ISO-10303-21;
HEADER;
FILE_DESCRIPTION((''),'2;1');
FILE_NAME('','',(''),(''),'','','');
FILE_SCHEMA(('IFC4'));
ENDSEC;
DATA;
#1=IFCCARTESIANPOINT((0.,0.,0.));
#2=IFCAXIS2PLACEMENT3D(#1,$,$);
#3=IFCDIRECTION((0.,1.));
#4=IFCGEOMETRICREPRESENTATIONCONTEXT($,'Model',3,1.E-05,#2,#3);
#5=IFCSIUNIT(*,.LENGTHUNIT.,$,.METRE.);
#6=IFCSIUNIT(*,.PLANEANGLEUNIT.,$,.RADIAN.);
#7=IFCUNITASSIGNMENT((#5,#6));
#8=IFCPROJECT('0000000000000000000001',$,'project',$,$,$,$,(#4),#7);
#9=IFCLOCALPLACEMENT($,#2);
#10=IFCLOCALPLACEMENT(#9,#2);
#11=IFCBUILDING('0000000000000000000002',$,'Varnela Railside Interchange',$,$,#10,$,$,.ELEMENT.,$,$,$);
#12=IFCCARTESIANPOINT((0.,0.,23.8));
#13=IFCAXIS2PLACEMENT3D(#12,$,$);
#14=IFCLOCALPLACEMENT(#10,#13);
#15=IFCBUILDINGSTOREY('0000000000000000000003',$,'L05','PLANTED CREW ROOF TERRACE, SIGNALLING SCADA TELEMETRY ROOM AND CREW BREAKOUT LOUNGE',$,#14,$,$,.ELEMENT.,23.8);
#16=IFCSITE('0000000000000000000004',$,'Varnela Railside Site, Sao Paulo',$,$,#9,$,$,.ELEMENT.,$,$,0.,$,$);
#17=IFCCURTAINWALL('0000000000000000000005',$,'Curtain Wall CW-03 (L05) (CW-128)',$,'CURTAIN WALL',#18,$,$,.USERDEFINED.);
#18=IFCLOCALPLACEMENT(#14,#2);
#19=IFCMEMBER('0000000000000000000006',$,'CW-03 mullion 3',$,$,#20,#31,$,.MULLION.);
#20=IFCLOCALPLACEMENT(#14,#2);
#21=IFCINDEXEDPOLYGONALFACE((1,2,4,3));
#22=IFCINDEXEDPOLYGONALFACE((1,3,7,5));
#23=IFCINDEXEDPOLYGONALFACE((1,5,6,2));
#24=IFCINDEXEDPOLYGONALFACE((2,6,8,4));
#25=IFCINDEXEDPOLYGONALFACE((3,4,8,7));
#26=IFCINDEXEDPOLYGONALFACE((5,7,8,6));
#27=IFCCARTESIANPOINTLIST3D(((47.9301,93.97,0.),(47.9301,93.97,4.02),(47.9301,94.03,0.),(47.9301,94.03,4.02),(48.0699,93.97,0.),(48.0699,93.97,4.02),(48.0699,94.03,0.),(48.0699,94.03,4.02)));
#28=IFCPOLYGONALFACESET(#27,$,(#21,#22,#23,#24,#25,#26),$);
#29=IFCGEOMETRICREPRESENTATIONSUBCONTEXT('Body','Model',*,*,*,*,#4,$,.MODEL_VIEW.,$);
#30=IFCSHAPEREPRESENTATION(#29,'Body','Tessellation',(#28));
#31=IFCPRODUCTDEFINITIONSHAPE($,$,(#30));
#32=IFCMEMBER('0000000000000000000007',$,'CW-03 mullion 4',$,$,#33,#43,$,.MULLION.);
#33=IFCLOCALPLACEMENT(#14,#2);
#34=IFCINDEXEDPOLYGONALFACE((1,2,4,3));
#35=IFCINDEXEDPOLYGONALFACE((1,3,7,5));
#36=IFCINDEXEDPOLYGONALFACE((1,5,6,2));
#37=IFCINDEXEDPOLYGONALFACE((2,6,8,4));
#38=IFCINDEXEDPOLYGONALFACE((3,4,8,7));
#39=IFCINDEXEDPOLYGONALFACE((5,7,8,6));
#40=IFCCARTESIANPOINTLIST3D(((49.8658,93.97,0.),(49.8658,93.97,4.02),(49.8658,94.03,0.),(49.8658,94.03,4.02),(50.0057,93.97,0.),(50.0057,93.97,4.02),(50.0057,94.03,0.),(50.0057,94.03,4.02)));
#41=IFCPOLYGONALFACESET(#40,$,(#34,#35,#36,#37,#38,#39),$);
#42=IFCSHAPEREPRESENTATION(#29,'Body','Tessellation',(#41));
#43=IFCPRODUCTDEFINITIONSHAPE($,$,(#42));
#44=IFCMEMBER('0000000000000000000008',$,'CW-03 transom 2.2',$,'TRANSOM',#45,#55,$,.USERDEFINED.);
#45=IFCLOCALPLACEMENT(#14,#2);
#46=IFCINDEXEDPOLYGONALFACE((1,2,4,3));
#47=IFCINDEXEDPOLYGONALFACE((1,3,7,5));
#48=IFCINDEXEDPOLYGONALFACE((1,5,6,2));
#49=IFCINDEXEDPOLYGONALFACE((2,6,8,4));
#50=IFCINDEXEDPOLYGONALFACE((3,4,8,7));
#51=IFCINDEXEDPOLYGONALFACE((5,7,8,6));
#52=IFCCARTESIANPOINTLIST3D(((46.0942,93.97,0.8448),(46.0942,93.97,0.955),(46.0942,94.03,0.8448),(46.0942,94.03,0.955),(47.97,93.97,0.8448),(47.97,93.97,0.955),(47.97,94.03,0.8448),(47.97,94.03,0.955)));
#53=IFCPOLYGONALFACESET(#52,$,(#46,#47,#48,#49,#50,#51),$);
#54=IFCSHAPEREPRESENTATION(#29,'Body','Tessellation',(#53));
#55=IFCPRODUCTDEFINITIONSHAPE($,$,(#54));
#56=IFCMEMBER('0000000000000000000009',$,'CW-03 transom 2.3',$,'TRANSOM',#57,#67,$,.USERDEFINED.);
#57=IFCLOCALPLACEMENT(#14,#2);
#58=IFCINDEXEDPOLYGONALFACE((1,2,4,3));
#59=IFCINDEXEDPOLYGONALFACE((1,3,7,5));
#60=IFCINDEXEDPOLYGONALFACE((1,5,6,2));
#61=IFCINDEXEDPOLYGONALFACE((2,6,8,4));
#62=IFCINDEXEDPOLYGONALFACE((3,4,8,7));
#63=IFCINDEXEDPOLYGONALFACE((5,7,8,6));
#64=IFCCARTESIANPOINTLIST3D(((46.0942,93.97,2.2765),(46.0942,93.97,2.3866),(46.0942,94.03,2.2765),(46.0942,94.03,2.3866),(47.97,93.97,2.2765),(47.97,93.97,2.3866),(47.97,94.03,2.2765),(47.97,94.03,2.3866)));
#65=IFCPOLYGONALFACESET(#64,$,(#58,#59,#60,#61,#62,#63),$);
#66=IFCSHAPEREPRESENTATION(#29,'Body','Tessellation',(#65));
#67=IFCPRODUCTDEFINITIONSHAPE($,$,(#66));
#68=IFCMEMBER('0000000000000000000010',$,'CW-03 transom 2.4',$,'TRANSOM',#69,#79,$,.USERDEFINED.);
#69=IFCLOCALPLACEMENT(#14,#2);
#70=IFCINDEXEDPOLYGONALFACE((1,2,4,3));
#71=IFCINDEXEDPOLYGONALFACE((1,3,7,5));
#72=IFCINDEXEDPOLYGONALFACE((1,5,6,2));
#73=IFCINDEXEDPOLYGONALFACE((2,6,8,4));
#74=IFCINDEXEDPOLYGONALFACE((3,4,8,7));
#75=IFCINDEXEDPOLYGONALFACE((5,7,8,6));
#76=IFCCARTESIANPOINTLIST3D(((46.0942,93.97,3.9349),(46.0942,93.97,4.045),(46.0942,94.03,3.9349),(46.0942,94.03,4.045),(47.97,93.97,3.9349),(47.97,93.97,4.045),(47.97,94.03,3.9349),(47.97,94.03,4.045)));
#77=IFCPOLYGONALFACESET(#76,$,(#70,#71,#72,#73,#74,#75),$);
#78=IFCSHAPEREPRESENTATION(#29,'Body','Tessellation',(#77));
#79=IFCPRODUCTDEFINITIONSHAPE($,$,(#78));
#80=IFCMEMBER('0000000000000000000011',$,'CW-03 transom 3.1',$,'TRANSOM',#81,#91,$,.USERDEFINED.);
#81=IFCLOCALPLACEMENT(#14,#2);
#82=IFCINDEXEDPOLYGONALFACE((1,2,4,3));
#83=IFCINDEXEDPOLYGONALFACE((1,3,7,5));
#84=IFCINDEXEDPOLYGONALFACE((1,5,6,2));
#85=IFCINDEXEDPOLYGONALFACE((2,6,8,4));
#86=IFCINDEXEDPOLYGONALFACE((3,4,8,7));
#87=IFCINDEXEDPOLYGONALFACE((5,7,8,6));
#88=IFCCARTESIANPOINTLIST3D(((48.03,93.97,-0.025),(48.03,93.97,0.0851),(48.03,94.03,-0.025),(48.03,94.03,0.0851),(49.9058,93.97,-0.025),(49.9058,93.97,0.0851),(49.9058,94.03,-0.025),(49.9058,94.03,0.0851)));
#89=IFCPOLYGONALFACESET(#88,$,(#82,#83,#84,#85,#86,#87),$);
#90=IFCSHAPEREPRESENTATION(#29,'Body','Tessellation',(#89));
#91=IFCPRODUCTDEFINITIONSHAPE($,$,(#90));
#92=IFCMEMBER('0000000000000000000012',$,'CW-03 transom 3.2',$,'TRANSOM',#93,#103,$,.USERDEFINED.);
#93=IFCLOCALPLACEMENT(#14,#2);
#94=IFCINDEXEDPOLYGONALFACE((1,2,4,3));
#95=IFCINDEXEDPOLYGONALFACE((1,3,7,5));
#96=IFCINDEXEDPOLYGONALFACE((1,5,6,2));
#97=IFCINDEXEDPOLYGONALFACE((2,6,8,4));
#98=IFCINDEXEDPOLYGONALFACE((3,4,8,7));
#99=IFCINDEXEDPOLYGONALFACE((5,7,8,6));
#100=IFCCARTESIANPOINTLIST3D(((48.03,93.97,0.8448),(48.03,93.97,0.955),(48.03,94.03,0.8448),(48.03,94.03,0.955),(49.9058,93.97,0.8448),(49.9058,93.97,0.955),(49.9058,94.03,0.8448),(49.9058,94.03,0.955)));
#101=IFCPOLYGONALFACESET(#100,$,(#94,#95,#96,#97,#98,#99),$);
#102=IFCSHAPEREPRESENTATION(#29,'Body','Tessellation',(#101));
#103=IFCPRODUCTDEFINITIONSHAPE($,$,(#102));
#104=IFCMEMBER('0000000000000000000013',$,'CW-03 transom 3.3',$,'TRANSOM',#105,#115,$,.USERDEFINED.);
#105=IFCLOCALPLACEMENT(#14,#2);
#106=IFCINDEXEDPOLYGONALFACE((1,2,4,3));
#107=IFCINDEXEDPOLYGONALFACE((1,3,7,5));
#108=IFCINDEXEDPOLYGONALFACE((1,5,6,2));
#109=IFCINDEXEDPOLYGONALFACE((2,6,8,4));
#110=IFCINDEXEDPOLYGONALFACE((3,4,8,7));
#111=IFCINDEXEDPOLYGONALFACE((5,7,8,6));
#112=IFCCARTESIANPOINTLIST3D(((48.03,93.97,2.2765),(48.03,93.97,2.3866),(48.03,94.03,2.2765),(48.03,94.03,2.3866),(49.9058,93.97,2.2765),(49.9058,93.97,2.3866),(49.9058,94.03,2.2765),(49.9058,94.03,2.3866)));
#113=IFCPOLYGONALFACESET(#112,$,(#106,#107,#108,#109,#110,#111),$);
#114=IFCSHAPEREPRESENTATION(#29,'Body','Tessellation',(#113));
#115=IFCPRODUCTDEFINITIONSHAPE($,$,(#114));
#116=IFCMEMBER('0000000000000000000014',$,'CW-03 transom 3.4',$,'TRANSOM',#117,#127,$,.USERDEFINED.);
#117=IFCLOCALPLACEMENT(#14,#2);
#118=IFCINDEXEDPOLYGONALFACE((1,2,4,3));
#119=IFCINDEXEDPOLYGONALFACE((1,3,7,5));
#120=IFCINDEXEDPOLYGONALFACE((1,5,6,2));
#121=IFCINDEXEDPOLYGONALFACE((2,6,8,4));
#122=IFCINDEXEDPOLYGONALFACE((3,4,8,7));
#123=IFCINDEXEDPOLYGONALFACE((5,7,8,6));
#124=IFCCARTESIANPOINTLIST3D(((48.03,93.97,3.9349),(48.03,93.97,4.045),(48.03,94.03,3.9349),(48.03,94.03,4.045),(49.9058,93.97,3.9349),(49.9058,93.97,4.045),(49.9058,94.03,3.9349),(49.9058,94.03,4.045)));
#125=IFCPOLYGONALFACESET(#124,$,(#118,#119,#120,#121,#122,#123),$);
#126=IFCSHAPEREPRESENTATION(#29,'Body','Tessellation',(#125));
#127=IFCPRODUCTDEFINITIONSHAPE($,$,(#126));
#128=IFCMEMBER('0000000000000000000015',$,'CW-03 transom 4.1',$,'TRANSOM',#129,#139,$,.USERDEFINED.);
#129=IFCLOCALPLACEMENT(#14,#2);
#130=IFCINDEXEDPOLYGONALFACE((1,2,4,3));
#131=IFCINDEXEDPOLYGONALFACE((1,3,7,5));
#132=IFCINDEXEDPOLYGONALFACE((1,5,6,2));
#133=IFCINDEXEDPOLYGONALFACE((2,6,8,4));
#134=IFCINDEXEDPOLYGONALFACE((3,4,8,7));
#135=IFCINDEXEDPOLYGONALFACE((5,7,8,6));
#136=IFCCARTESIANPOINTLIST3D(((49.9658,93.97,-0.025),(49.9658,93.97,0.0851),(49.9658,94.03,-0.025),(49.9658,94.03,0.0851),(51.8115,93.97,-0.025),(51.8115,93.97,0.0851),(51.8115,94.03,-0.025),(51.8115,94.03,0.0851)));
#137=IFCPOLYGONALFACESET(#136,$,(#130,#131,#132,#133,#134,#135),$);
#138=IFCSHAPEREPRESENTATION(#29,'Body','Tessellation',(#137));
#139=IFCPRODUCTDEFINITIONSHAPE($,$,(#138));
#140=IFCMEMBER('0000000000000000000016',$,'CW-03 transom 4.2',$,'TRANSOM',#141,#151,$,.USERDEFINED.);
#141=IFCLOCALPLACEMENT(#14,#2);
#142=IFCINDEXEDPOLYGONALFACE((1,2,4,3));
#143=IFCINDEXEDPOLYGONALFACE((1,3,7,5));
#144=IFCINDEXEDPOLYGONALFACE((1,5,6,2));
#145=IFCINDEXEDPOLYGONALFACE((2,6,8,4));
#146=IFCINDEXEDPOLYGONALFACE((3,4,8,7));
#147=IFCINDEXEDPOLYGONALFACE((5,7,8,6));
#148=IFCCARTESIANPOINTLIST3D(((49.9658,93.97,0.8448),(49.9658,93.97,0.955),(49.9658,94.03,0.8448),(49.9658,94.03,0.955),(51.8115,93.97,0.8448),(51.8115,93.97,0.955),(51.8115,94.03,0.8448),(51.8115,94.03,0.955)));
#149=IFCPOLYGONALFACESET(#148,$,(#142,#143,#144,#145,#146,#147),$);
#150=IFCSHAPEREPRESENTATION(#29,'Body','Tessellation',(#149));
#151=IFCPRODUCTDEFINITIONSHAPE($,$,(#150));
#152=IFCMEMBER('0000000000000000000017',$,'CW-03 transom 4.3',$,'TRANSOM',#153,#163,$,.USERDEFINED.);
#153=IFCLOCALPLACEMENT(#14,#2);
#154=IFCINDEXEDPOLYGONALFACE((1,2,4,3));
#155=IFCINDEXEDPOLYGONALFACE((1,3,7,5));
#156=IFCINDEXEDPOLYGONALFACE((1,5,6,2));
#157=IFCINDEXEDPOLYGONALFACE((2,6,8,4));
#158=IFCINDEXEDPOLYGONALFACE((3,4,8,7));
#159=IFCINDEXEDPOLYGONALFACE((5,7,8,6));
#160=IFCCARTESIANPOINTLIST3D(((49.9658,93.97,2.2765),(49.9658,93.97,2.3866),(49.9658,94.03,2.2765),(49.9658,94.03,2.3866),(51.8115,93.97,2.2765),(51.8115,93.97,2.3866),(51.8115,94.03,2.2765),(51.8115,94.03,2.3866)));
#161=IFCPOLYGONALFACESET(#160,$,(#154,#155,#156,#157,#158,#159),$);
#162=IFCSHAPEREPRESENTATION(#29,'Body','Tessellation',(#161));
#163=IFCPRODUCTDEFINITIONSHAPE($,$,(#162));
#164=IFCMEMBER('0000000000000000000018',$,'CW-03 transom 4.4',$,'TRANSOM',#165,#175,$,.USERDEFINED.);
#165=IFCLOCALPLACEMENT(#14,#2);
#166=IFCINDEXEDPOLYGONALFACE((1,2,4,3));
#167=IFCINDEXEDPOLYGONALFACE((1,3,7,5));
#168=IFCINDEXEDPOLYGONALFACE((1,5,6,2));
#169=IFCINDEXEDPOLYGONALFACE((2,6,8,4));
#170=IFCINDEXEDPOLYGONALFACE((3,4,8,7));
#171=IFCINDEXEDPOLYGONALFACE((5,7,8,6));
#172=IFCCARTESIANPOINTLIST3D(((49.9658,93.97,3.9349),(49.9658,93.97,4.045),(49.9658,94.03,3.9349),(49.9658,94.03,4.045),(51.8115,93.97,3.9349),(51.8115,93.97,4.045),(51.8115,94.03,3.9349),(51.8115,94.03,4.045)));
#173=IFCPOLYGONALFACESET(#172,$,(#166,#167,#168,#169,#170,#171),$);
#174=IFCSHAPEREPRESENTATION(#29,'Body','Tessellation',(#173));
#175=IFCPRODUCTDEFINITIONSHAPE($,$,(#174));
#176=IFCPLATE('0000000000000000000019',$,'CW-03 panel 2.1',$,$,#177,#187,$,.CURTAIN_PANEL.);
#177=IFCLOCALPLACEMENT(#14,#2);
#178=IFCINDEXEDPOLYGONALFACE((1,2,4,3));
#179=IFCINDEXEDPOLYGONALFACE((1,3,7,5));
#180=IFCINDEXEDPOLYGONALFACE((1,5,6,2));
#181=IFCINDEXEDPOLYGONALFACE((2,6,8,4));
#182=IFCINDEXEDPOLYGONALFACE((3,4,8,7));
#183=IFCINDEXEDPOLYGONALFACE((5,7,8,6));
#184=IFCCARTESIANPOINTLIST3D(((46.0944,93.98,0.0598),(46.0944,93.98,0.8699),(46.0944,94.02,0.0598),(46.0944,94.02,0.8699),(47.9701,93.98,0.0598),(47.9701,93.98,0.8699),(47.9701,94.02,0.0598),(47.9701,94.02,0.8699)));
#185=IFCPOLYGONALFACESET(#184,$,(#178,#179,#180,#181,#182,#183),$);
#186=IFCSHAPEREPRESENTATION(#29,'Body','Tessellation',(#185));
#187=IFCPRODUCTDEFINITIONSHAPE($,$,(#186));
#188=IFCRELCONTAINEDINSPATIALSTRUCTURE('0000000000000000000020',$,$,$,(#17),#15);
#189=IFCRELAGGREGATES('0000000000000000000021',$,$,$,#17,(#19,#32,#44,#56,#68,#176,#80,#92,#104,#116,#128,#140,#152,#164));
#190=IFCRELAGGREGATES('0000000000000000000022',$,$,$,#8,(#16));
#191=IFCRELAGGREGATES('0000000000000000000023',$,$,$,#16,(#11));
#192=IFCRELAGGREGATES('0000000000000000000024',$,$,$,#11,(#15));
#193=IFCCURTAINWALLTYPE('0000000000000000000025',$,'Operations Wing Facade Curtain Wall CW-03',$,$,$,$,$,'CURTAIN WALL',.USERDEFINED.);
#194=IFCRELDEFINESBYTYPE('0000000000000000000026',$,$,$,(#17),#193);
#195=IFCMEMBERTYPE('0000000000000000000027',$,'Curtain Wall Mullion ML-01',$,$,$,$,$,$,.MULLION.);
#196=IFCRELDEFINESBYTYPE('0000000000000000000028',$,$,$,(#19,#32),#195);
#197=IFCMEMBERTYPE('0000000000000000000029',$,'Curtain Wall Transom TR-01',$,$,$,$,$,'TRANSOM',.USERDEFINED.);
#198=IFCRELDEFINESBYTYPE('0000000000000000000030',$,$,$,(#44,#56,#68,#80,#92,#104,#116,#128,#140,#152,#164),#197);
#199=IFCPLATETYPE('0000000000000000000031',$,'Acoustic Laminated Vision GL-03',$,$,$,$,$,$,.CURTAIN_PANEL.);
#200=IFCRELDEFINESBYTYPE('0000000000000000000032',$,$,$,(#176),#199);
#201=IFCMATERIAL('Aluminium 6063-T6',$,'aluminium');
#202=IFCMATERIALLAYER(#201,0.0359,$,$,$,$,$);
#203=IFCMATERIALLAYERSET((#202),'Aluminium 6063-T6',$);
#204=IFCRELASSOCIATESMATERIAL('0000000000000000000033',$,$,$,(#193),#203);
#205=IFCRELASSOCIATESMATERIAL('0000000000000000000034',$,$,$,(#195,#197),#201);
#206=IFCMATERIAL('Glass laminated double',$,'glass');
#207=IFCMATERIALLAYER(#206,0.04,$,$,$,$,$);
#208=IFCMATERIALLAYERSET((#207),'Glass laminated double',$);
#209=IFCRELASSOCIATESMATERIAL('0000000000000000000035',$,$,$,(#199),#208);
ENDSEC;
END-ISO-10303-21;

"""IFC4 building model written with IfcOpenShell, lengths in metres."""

from ifc_helpers import new_model, si_unit, direction, frame, origin, origin_2d, place, context, subcontext, project, spatial, rectangle, extrude, material, layer, layer_set, material_profile, profile_set, type_object, element, aggregate, save


model = new_model("IFC4")

# Units and contexts
model_context = context("Model", 3, precision=1e-05, world=origin(), true_north=direction((0.0, 1.0)))
body_context = subcontext(model_context, "Body", "Model", "MODEL_VIEW")
ifc_project = project(units=[si_unit("LENGTHUNIT", "METRE"), si_unit("PLANEANGLEUNIT", "RADIAN")], contexts=[model_context])

# Site, building, storey
site_placement = place(None, origin())
site = spatial("IfcSite", under=ifc_project, at=site_placement, Name="Varnela Railside Site, Sao Paulo", CompositionType="ELEMENT", RefElevation=0.0)
building_placement = place(site_placement, origin())
building = spatial("IfcBuilding", under=site, at=building_placement, Name="Varnela Railside Interchange", CompositionType="ELEMENT")
storey_placement = place(building_placement, frame((0.0, 0.0, 23.8)))
storey = spatial("IfcBuildingStorey", under=building, at=storey_placement, Name="L05", Description="PLANTED CREW ROOF TERRACE, SIGNALLING SCADA TELEMETRY ROOM AND CREW BREAKOUT LOUNGE", CompositionType="ELEMENT", Elevation=23.8)

# Curtain wall, members, plate
ifc_material_1 = material(Name="Aluminium 6063-T6", Category="aluminium")
ifc_layer_1 = layer(ifc_material_1, 0.0359)
ifc_layer_set_1 = layer_set([ifc_layer_1], Name="Aluminium 6063-T6")
curtain_wall_type = type_object("IfcCurtainWallType", Name="Operations Wing Facade Curtain Wall CW-03", ElementType="CURTAIN WALL", PredefinedType="USERDEFINED", material=ifc_layer_set_1)
curtain_wall_placement = place(storey_placement, origin())
curtain_wall = element("IfcCurtainWall", 1, at=curtain_wall_placement, inside=storey, type_object=curtain_wall_type, Name="Curtain Wall CW-03 (L05) (CW-128)", ObjectType="CURTAIN WALL", PredefinedType="USERDEFINED")
ifc_material_profile_1 = material_profile(ifc_material_1, rectangle(XDim=0.0601, YDim=0.1399, at=origin_2d()), Name="ALU 60x140")
ifc_profile_set_1 = profile_set([ifc_material_profile_1], Name="Aluminium 6063-T6")
member_type_1 = type_object("IfcMemberType", Name="Curtain Wall Mullion ML-01", PredefinedType="MULLION", material=ifc_profile_set_1)
member_1_placement = place(storey_placement, frame((48.0, 94.0, 0.0), z_axis=(0.0, 0.0, 1.0), x_axis=(0.0, 1.0, 0.0)))
member_1 = element("IfcMember", 2, at=member_1_placement, type_object=member_type_1, Name="CW-03 mullion 3", PredefinedType="MULLION", context=body_context, shape_type="SweptSolid", body=[
    extrude(rectangle(XDim=0.0601, YDim=0.1399, at=origin_2d()), origin(), (0.0, 0.0, 1.0), 4.02),
])
member_2_placement = place(storey_placement, frame((49.9358, 94.0, 0.0), z_axis=(0.0, 0.0, 1.0), x_axis=(0.0, 1.0, 0.0)))
member_2 = element("IfcMember", 3, at=member_2_placement, type_object=member_type_1, Name="CW-03 mullion 4", PredefinedType="MULLION", context=body_context, shape_type="SweptSolid", body=[
    extrude(rectangle(XDim=0.0601, YDim=0.1399, at=origin_2d()), origin(), (0.0, 0.0, 1.0), 4.02),
])
ifc_material_profile_2 = material_profile(ifc_material_1, rectangle(XDim=0.0601, YDim=0.1101, at=origin_2d()), Name="ALU 60x110")
ifc_profile_set_2 = profile_set([ifc_material_profile_2], Name="Aluminium 6063-T6")
member_type_2 = type_object("IfcMemberType", Name="Curtain Wall Transom TR-01", ElementType="TRANSOM", PredefinedType="USERDEFINED", material=ifc_profile_set_2)
member_3_placement = place(storey_placement, frame((46.0942, 94.0, 0.8999), z_axis=(1.0, 0.0, 0.0), x_axis=(0.0, 1.0, 0.0)))
member_3 = element("IfcMember", 4, at=member_3_placement, type_object=member_type_2, Name="CW-03 transom 2.2", ObjectType="TRANSOM", PredefinedType="USERDEFINED", context=body_context, shape_type="SweptSolid", body=[
    extrude(rectangle(XDim=0.0601, YDim=0.1101, at=origin_2d()), origin(), (0.0, 0.0, 1.0), 1.8757),
])
member_4_placement = place(storey_placement, frame((46.0942, 94.0, 2.3315), z_axis=(1.0, 0.0, 0.0), x_axis=(0.0, 1.0, 0.0)))
member_4 = element("IfcMember", 5, at=member_4_placement, type_object=member_type_2, Name="CW-03 transom 2.3", ObjectType="TRANSOM", PredefinedType="USERDEFINED", context=body_context, shape_type="SweptSolid", body=[
    extrude(rectangle(XDim=0.0601, YDim=0.1101, at=origin_2d()), origin(), (0.0, 0.0, 1.0), 1.8757),
])
member_5_placement = place(storey_placement, frame((46.0942, 94.0, 3.99), z_axis=(1.0, 0.0, 0.0), x_axis=(0.0, 1.0, 0.0)))
member_5 = element("IfcMember", 6, at=member_5_placement, type_object=member_type_2, Name="CW-03 transom 2.4", ObjectType="TRANSOM", PredefinedType="USERDEFINED", context=body_context, shape_type="SweptSolid", body=[
    extrude(rectangle(XDim=0.0601, YDim=0.1101, at=origin_2d()), origin(), (0.0, 0.0, 1.0), 1.8757),
])
member_6_placement = place(storey_placement, frame((48.03, 94.0, 0.03), z_axis=(1.0, 0.0, 0.0), x_axis=(0.0, 1.0, 0.0)))
member_6 = element("IfcMember", 7, at=member_6_placement, type_object=member_type_2, Name="CW-03 transom 3.1", ObjectType="TRANSOM", PredefinedType="USERDEFINED", context=body_context, shape_type="SweptSolid", body=[
    extrude(rectangle(XDim=0.0601, YDim=0.1101, at=origin_2d()), origin(), (0.0, 0.0, 1.0), 1.8757),
])
member_7_placement = place(storey_placement, frame((48.03, 94.0, 0.8999), z_axis=(1.0, 0.0, 0.0), x_axis=(0.0, 1.0, 0.0)))
member_7 = element("IfcMember", 8, at=member_7_placement, type_object=member_type_2, Name="CW-03 transom 3.2", ObjectType="TRANSOM", PredefinedType="USERDEFINED", context=body_context, shape_type="SweptSolid", body=[
    extrude(rectangle(XDim=0.0601, YDim=0.1101, at=origin_2d()), origin(), (0.0, 0.0, 1.0), 1.8757),
])
member_8_placement = place(storey_placement, frame((48.03, 94.0, 2.3315), z_axis=(1.0, 0.0, 0.0), x_axis=(0.0, 1.0, 0.0)))
member_8 = element("IfcMember", 9, at=member_8_placement, type_object=member_type_2, Name="CW-03 transom 3.3", ObjectType="TRANSOM", PredefinedType="USERDEFINED", context=body_context, shape_type="SweptSolid", body=[
    extrude(rectangle(XDim=0.0601, YDim=0.1101, at=origin_2d()), origin(), (0.0, 0.0, 1.0), 1.8757),
])
member_9_placement = place(storey_placement, frame((48.03, 94.0, 3.99), z_axis=(1.0, 0.0, 0.0), x_axis=(0.0, 1.0, 0.0)))
member_9 = element("IfcMember", 10, at=member_9_placement, type_object=member_type_2, Name="CW-03 transom 3.4", ObjectType="TRANSOM", PredefinedType="USERDEFINED", context=body_context, shape_type="SweptSolid", body=[
    extrude(rectangle(XDim=0.0601, YDim=0.1101, at=origin_2d()), origin(), (0.0, 0.0, 1.0), 1.8757),
])
member_10_placement = place(storey_placement, frame((49.9658, 94.0, 0.03), z_axis=(1.0, 0.0, 0.0), x_axis=(0.0, 1.0, 0.0)))
member_10 = element("IfcMember", 11, at=member_10_placement, type_object=member_type_2, Name="CW-03 transom 4.1", ObjectType="TRANSOM", PredefinedType="USERDEFINED", context=body_context, shape_type="SweptSolid", body=[
    extrude(rectangle(XDim=0.0601, YDim=0.1101, at=origin_2d()), origin(), (0.0, 0.0, 1.0), 1.8457),
])
member_11_placement = place(storey_placement, frame((49.9658, 94.0, 0.8999), z_axis=(1.0, 0.0, 0.0), x_axis=(0.0, 1.0, 0.0)))
member_11 = element("IfcMember", 12, at=member_11_placement, type_object=member_type_2, Name="CW-03 transom 4.2", ObjectType="TRANSOM", PredefinedType="USERDEFINED", context=body_context, shape_type="SweptSolid", body=[
    extrude(rectangle(XDim=0.0601, YDim=0.1101, at=origin_2d()), origin(), (0.0, 0.0, 1.0), 1.8457),
])
member_12_placement = place(storey_placement, frame((49.9658, 94.0, 2.3315), z_axis=(1.0, 0.0, 0.0), x_axis=(0.0, 1.0, 0.0)))
member_12 = element("IfcMember", 13, at=member_12_placement, type_object=member_type_2, Name="CW-03 transom 4.3", ObjectType="TRANSOM", PredefinedType="USERDEFINED", context=body_context, shape_type="SweptSolid", body=[
    extrude(rectangle(XDim=0.0601, YDim=0.1101, at=origin_2d()), origin(), (0.0, 0.0, 1.0), 1.8457),
])
member_13_placement = place(storey_placement, frame((49.9658, 94.0, 3.99), z_axis=(1.0, 0.0, 0.0), x_axis=(0.0, 1.0, 0.0)))
member_13 = element("IfcMember", 14, at=member_13_placement, type_object=member_type_2, Name="CW-03 transom 4.4", ObjectType="TRANSOM", PredefinedType="USERDEFINED", context=body_context, shape_type="SweptSolid", body=[
    extrude(rectangle(XDim=0.0601, YDim=0.1101, at=origin_2d()), origin(), (0.0, 0.0, 1.0), 1.8457),
])
ifc_material_2 = material(Name="Glass laminated double", Category="glass")
ifc_layer_2 = layer(ifc_material_2, 0.04)
ifc_layer_set_2 = layer_set([ifc_layer_2], Name="Glass laminated double")
plate_type = type_object("IfcPlateType", Name="Acoustic Laminated Vision GL-03", PredefinedType="CURTAIN_PANEL", material=ifc_layer_set_2)
plate_1_placement = place(storey_placement, frame((47.0322, 94.0, 0.0598), z_axis=(0.0, 0.0, 1.0), x_axis=(1.0, 0.0, 0.0)))
plate_1 = element("IfcPlate", 15, at=plate_1_placement, type_object=plate_type, Name="CW-03 panel 2.1", PredefinedType="CURTAIN_PANEL", context=body_context, shape_type="SweptSolid", body=[
    extrude(rectangle(XDim=1.8757, YDim=0.04, at=origin_2d()), origin(), (0.0, 0.0, 1.0), 0.8101),
])
aggregate(curtain_wall, [member_1, member_2, member_3, member_4, member_5, plate_1, member_6, member_7, member_8, member_9, member_10, member_11, member_12, member_13])

save(model, "model.ifc")
